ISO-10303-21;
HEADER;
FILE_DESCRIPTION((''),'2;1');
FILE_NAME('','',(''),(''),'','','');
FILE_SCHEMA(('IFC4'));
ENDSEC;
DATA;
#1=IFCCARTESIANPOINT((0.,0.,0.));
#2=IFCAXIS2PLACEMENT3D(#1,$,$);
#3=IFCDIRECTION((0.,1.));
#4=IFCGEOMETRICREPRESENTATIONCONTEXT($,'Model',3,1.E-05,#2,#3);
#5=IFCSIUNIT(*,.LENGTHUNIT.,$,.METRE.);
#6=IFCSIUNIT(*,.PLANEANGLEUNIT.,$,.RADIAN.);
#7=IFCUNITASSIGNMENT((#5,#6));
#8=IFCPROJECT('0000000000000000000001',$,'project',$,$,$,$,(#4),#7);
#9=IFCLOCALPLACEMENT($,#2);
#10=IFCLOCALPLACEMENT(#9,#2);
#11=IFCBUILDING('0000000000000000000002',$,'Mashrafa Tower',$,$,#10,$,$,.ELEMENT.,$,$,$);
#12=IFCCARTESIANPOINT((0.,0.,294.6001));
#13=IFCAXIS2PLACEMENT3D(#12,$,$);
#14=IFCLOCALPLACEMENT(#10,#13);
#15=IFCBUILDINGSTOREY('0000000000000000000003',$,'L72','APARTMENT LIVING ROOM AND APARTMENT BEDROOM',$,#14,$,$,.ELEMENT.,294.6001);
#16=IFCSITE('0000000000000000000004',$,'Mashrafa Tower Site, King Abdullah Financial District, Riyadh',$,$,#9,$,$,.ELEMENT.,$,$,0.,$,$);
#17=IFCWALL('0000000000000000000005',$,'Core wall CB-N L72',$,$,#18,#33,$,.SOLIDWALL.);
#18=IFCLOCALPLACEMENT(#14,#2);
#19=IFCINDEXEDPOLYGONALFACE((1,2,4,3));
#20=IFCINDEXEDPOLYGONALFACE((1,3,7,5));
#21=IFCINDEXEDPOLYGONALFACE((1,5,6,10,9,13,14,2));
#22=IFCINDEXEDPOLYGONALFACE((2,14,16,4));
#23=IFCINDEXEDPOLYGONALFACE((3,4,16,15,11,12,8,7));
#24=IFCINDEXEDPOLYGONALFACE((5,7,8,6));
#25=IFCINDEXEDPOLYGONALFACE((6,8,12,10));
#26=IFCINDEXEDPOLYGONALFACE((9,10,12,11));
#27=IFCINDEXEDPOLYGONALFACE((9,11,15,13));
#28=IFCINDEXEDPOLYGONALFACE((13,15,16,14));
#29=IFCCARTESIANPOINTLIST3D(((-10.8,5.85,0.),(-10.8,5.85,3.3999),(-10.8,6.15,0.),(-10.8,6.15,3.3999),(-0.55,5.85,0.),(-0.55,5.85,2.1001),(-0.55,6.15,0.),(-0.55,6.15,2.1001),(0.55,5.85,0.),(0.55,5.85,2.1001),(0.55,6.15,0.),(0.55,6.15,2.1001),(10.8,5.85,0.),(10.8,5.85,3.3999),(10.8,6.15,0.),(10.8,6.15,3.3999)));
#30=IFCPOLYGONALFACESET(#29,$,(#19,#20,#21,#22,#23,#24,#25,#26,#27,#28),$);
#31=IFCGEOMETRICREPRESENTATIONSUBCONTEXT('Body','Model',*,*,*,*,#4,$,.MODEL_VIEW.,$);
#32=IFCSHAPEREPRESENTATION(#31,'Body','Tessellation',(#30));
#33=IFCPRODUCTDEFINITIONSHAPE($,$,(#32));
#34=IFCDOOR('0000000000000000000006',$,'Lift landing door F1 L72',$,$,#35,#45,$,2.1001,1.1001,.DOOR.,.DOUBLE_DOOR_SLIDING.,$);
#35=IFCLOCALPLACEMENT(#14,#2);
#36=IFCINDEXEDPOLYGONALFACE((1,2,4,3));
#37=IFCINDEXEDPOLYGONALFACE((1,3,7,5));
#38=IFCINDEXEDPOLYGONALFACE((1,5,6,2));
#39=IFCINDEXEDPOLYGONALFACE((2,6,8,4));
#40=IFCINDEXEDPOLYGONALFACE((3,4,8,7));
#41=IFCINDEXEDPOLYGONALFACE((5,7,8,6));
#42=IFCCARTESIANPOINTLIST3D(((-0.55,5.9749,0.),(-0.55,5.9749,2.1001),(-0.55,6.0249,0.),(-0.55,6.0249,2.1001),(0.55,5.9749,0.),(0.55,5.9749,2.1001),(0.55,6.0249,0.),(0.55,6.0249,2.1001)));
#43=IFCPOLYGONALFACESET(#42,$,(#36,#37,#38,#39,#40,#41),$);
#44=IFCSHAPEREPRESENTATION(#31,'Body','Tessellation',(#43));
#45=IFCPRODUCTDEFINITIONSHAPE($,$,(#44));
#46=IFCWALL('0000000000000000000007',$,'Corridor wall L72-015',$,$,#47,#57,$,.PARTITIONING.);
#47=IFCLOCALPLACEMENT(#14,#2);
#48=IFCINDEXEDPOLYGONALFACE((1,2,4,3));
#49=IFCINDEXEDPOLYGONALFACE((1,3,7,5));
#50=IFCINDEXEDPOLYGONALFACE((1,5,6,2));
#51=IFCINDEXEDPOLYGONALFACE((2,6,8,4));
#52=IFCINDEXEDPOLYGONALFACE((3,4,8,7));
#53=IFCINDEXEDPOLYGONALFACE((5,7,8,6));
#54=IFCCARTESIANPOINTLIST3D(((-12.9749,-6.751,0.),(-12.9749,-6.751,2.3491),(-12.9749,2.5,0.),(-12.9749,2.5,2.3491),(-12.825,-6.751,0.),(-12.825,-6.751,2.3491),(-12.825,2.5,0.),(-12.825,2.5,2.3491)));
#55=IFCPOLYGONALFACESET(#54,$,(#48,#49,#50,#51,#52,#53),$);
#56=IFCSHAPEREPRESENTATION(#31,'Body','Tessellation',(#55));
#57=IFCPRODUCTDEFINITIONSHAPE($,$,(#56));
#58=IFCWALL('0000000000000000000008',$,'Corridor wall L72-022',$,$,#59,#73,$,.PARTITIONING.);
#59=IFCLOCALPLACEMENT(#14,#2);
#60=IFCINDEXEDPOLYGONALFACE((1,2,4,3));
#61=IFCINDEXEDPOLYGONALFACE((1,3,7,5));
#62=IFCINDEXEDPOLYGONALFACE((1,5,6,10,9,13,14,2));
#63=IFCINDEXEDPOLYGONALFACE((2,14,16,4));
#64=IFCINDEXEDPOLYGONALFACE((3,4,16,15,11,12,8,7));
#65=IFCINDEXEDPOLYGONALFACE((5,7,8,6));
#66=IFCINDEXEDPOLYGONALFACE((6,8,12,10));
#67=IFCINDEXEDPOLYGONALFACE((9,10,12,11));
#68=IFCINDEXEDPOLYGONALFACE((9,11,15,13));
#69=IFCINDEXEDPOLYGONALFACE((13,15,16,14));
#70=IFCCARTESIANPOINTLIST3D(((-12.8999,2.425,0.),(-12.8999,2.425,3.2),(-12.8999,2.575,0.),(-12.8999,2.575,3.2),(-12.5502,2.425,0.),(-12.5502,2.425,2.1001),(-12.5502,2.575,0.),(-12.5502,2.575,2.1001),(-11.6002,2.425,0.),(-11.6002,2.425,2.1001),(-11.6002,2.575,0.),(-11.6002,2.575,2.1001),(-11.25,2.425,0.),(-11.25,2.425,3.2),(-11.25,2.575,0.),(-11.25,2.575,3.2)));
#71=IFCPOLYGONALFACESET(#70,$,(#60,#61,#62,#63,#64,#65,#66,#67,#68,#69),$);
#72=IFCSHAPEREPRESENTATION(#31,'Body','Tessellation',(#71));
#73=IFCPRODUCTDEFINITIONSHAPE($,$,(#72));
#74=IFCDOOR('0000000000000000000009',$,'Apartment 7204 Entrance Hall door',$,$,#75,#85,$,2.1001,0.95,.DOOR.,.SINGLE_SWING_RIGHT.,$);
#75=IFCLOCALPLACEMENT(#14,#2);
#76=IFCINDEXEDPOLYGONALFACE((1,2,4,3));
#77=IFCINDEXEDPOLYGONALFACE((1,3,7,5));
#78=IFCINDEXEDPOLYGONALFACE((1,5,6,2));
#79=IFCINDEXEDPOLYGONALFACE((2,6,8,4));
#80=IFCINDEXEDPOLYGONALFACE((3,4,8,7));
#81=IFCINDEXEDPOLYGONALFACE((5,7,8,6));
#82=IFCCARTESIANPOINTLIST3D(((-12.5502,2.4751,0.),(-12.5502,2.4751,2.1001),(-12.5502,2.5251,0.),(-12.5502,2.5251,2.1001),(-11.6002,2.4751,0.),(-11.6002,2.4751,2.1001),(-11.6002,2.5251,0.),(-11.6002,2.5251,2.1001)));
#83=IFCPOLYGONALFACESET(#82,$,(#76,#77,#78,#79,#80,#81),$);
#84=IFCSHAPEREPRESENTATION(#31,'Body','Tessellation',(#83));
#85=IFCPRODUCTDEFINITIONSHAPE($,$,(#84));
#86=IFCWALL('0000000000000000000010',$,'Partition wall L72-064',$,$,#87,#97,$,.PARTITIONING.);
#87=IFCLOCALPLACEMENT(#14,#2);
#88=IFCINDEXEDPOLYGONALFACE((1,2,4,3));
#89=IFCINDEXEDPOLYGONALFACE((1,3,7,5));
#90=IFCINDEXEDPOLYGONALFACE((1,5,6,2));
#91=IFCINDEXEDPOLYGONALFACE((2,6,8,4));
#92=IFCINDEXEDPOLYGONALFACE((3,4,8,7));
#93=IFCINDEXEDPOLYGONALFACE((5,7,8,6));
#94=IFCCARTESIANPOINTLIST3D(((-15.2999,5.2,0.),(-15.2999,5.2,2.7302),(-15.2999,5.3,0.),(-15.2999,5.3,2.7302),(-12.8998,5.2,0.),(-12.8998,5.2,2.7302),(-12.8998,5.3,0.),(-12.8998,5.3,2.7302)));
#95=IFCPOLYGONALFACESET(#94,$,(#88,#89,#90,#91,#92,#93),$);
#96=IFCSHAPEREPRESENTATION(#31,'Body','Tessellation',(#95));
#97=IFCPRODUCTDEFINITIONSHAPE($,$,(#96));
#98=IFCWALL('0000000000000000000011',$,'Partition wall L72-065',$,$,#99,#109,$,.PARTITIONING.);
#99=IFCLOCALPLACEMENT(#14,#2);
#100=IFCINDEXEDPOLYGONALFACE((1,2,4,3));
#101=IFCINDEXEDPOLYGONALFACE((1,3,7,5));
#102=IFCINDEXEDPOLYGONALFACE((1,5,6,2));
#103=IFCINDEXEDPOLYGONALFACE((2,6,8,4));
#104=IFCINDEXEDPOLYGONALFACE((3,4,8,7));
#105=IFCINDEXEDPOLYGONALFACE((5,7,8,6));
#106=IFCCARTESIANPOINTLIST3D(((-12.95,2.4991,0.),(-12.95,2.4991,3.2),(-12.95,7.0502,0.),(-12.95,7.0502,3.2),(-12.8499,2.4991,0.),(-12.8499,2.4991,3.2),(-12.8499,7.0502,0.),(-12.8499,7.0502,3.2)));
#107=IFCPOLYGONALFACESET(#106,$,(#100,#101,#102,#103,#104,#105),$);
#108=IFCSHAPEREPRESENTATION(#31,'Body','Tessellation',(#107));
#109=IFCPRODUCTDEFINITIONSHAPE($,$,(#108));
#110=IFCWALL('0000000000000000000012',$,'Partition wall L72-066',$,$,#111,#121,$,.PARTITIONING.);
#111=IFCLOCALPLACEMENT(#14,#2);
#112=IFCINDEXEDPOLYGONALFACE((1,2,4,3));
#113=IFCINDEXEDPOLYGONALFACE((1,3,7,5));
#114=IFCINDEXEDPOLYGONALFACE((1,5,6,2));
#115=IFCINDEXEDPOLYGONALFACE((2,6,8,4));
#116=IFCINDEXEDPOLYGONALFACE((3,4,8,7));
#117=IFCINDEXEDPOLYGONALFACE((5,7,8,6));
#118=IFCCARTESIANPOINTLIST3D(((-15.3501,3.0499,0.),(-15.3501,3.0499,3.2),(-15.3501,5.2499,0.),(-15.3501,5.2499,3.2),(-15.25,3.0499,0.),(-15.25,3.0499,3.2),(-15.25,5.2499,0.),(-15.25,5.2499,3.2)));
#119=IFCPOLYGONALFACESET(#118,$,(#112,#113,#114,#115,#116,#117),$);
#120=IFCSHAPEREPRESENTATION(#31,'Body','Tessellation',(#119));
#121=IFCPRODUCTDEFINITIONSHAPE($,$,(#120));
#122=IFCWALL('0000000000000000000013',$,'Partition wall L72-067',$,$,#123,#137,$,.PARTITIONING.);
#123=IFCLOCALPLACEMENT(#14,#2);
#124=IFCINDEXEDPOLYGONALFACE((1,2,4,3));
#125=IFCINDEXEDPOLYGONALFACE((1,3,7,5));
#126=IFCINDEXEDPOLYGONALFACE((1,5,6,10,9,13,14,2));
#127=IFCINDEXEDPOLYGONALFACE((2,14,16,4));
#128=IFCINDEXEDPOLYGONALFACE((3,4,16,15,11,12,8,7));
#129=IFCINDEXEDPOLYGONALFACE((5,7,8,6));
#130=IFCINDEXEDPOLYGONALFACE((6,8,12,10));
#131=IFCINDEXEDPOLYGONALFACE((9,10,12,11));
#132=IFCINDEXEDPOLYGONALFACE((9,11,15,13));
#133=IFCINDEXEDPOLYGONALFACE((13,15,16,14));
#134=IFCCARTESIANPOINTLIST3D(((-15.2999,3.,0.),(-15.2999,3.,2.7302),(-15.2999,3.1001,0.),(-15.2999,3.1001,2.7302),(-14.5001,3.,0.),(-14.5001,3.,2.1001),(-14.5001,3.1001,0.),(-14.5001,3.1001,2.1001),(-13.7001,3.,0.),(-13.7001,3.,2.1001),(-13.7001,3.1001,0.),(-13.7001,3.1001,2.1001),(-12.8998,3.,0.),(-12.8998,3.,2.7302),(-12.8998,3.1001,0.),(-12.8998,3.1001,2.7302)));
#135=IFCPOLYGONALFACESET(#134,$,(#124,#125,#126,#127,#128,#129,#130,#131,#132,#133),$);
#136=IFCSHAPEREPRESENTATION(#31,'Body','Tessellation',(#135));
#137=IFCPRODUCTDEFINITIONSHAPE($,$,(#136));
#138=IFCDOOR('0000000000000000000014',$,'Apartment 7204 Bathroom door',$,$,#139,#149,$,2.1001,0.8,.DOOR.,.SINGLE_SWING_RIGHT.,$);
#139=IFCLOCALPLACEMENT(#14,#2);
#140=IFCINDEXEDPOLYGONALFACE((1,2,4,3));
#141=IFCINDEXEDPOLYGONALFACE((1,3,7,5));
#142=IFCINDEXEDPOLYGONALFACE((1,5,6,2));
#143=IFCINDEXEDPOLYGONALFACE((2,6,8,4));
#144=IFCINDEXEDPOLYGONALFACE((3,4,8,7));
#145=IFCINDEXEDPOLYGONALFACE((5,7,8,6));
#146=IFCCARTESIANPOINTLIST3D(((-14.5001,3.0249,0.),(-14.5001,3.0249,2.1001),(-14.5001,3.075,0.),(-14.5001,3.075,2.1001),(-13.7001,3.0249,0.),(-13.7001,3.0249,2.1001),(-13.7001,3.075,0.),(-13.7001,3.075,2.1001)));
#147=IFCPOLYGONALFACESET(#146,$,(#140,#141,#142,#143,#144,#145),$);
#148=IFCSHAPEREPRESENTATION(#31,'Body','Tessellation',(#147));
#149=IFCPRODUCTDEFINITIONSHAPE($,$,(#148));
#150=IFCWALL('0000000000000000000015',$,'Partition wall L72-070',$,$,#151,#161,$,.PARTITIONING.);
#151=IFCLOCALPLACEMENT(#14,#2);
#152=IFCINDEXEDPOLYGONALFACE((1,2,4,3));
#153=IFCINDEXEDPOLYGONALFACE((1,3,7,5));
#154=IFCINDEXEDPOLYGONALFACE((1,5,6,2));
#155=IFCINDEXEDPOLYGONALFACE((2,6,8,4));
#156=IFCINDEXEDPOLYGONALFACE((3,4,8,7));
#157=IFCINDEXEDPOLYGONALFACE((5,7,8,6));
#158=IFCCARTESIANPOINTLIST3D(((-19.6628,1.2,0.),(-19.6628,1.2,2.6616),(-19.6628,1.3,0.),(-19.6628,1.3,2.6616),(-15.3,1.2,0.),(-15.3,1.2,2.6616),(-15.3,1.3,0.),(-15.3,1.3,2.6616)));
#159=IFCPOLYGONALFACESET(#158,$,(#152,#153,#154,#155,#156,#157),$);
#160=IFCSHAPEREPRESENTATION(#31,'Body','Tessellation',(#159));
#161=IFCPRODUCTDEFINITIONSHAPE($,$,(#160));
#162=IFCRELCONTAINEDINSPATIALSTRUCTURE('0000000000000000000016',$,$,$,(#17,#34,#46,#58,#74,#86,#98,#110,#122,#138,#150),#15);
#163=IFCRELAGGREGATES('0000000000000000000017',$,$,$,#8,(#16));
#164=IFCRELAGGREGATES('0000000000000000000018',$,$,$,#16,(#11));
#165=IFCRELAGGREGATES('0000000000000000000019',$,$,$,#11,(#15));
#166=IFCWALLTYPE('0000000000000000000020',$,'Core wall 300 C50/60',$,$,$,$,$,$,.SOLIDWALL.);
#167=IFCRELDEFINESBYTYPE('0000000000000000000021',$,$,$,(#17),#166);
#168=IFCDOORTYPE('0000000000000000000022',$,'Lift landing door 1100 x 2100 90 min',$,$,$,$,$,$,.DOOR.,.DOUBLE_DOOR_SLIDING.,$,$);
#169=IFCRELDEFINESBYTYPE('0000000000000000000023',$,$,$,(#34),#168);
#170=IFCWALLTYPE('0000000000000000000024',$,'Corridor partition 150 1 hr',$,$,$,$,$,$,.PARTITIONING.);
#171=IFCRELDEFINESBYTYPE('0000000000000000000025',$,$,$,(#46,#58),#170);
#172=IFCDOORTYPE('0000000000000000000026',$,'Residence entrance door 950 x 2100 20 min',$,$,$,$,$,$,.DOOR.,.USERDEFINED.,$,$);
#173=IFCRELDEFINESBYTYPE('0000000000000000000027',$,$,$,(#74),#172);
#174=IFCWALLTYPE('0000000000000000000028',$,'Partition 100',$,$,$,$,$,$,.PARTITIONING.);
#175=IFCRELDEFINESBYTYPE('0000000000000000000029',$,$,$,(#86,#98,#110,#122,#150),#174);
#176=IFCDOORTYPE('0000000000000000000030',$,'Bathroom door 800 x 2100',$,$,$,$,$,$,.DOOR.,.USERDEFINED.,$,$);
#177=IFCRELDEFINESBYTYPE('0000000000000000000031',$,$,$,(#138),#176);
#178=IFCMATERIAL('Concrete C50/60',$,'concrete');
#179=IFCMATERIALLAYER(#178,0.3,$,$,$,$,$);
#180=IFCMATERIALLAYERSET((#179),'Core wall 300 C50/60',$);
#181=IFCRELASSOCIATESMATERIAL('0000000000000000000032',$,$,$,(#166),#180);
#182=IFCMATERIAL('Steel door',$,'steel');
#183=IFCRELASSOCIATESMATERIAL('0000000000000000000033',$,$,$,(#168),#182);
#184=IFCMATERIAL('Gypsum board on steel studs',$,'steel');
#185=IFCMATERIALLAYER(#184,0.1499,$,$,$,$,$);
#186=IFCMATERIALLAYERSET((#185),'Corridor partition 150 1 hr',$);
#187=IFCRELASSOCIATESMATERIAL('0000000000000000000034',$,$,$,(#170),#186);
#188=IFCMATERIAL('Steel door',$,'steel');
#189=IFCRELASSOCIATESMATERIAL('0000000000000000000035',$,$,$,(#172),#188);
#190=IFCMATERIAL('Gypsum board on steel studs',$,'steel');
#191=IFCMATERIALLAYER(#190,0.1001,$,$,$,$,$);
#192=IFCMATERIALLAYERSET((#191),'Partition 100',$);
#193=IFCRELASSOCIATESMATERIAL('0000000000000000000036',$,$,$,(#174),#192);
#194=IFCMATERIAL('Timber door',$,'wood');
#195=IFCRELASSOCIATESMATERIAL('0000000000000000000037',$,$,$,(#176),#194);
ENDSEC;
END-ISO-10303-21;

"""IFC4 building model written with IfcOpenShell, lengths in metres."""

from ifc_helpers import new_model, si_unit, direction, frame, frame_2d, origin, place, context, subcontext, project, spatial, rectangle, extrude, material, layer, layer_set, type_object, element, fill, save


model = new_model("IFC4")

# Units and contexts
model_context = context("Model", 3, precision=1e-05, world=origin(), true_north=direction((0.0, 1.0)))
body_context = subcontext(model_context, "Body", "Model", "MODEL_VIEW")
ifc_project = project(units=[si_unit("LENGTHUNIT", "METRE"), si_unit("PLANEANGLEUNIT", "RADIAN")], contexts=[model_context])

# Site, building, storey
site_placement = place(None, origin())
site = spatial("IfcSite", under=ifc_project, at=site_placement, Name="Mashrafa Tower Site, King Abdullah Financial District, Riyadh", CompositionType="ELEMENT", RefElevation=0.0)
building_placement = place(site_placement, origin())
building = spatial("IfcBuilding", under=site, at=building_placement, Name="Mashrafa Tower", CompositionType="ELEMENT")
storey_placement = place(building_placement, frame((0.0, 0.0, 294.6001)))
storey = spatial("IfcBuildingStorey", under=building, at=storey_placement, Name="L72", Description="APARTMENT LIVING ROOM AND APARTMENT BEDROOM", CompositionType="ELEMENT", Elevation=294.6001)

# Shared definitions
ifc_material_1 = material(Name="Concrete C50/60", Category="concrete")
ifc_layer_1 = layer(ifc_material_1, 0.3)
ifc_layer_set_1 = layer_set([ifc_layer_1], Name="Core wall 300 C50/60")
wall_type_1 = type_object("IfcWallType", Name="Core wall 300 C50/60", PredefinedType="SOLIDWALL", material=ifc_layer_set_1)

# Wall, opening, door
wall_1_placement = place(storey_placement, frame((-10.8, 6.0, 0.0), z_axis=(0.0, 0.0, 1.0), x_axis=(1.0, 0.0, 0.0)))
wall_1 = element("IfcWall", 1, at=wall_1_placement, inside=storey, type_object=wall_type_1, Name="Core wall CB-N L72", PredefinedType="SOLIDWALL", context=body_context, shape_type="SweptSolid", body=[
    extrude(rectangle(XDim=21.6001, YDim=0.3, at=frame_2d((10.8, 0.0))), origin(), (0.0, 0.0, 1.0), 3.3999),
])
opening_1_placement = place(wall_1_placement, frame((10.25, 0.0, 0.0)))
opening_1 = element("IfcOpeningElement", 2, at=opening_1_placement, cuts=wall_1, PredefinedType="OPENING", context=body_context, shape_type="SweptSolid", body=[
    extrude(rectangle(XDim=1.1001, YDim=2.1001, at=frame_2d((0.55, 1.05))), frame((0.0, 0.1599, 0.0), z_axis=(0.0, -1.0, 0.0), x_axis=(1.0, 0.0, 0.0)), (0.0, 0.0, 1.0), 0.3201),
])
ifc_material_2 = material(Name="Steel door", Category="steel")
door_type_1 = type_object("IfcDoorType", Name="Lift landing door 1100 x 2100 90 min", OperationType="DOUBLE_DOOR_SLIDING", PredefinedType="DOOR", material=ifc_material_2)
door_1_placement = place(opening_1_placement, origin())
door_1 = element("IfcDoor", 3, at=door_1_placement, inside=storey, type_object=door_type_1, Name="Lift landing door F1 L72", OperationType="DOUBLE_DOOR_SLIDING", OverallHeight=2.1001, OverallWidth=1.1001, PredefinedType="DOOR", context=body_context, shape_type="SweptSolid", body=[
    extrude(rectangle(XDim=1.1001, YDim=2.1001, at=frame_2d((0.55, 1.05))), frame((0.0, 0.0249, 0.0), z_axis=(0.0, -1.0, 0.0), x_axis=(1.0, 0.0, 0.0)), (0.0, 0.0, 1.0), 0.05),
])
fill(opening_1, door_1)

# Wall
ifc_material_3 = material(Name="Gypsum board on steel studs", Category="steel")
ifc_layer_2 = layer(ifc_material_3, 0.1499)
ifc_layer_set_2 = layer_set([ifc_layer_2], Name="Corridor partition 150 1 hr")
wall_type_2 = type_object("IfcWallType", Name="Corridor partition 150 1 hr", PredefinedType="PARTITIONING", material=ifc_layer_set_2)
wall_2_placement = place(storey_placement, frame((-12.8999, 2.5, 0.0), z_axis=(0.0, 0.0, 1.0), x_axis=(0.0, -1.0, 0.0)))
element("IfcWall", 4, at=wall_2_placement, inside=storey, type_object=wall_type_2, Name="Corridor wall L72-015", PredefinedType="PARTITIONING", context=body_context, shape_type="SweptSolid", body=[
    extrude(rectangle(XDim=9.251, YDim=0.1499, at=frame_2d((4.6255, 0.0))), origin(), (0.0, 0.0, 1.0), 2.3491),
])

# Wall, opening, door
wall_3_placement = place(storey_placement, frame((-11.25, 2.5, 0.0), z_axis=(0.0, 0.0, 1.0), x_axis=(-1.0, 0.0, 0.0)))
wall_3 = element("IfcWall", 5, at=wall_3_placement, inside=storey, type_object=wall_type_2, Name="Corridor wall L72-022", PredefinedType="PARTITIONING", context=body_context, shape_type="SweptSolid", body=[
    extrude(rectangle(XDim=1.6499, YDim=0.1499, at=frame_2d((0.825, 0.0))), origin(), (0.0, 0.0, 1.0), 3.2),
])
opening_2_placement = place(wall_3_placement, frame((0.3501, 0.0, 0.0)))
opening_2 = element("IfcOpeningElement", 6, at=opening_2_placement, cuts=wall_3, PredefinedType="OPENING", context=body_context, shape_type="SweptSolid", body=[
    extrude(rectangle(XDim=0.95, YDim=2.1001, at=frame_2d((0.4751, 1.05))), frame((0.0, 0.085, 0.0), z_axis=(0.0, -1.0, 0.0), x_axis=(1.0, 0.0, 0.0)), (0.0, 0.0, 1.0), 0.1699),
])
ifc_material_4 = material(Name="Steel door", Category="steel")
door_type_2 = type_object("IfcDoorType", Name="Residence entrance door 950 x 2100 20 min", OperationType="USERDEFINED", PredefinedType="DOOR", material=ifc_material_4)
door_2_placement = place(opening_2_placement, origin())
door_2 = element("IfcDoor", 7, at=door_2_placement, inside=storey, type_object=door_type_2, Name="Apartment 7204 Entrance Hall door", OperationType="SINGLE_SWING_RIGHT", OverallHeight=2.1001, OverallWidth=0.95, PredefinedType="DOOR", context=body_context, shape_type="SweptSolid", body=[
    extrude(rectangle(XDim=0.95, YDim=2.1001, at=frame_2d((0.4751, 1.05))), frame((0.0, 0.0249, 0.0), z_axis=(0.0, -1.0, 0.0), x_axis=(1.0, 0.0, 0.0)), (0.0, 0.0, 1.0), 0.05),
])
fill(opening_2, door_2)

# Walls
ifc_material_5 = material(Name="Gypsum board on steel studs", Category="steel")
ifc_layer_3 = layer(ifc_material_5, 0.1001)
ifc_layer_set_3 = layer_set([ifc_layer_3], Name="Partition 100")
wall_type_3 = type_object("IfcWallType", Name="Partition 100", PredefinedType="PARTITIONING", material=ifc_layer_set_3)
wall_4_placement = place(storey_placement, frame((-15.3, 5.25, 0.0), z_axis=(0.0, 0.0, 1.0), x_axis=(1.0, 0.0, 0.0)))
element("IfcWall", 8, at=wall_4_placement, inside=storey, type_object=wall_type_3, Name="Partition wall L72-064", PredefinedType="PARTITIONING", context=body_context, shape_type="SweptSolid", body=[
    extrude(rectangle(XDim=2.4001, YDim=0.1001, at=frame_2d((1.2002, 0.0))), origin(), (0.0, 0.0, 1.0), 2.7302),
])
wall_5_placement = place(storey_placement, frame((-12.8999, 7.05, 0.0), z_axis=(0.0, 0.0, 1.0), x_axis=(0.0, -1.0, 0.0)))
element("IfcWall", 9, at=wall_5_placement, inside=storey, type_object=wall_type_3, Name="Partition wall L72-065", PredefinedType="PARTITIONING", context=body_context, shape_type="SweptSolid", body=[
    extrude(rectangle(XDim=4.551, YDim=0.1001, at=frame_2d((2.2754, 0.0))), origin(), (0.0, 0.0, 1.0), 3.2),
])
wall_6_placement = place(storey_placement, frame((-15.3, 5.25, 0.0), z_axis=(0.0, 0.0, 1.0), x_axis=(0.0, -1.0, 0.0)))
element("IfcWall", 10, at=wall_6_placement, inside=storey, type_object=wall_type_3, Name="Partition wall L72-066", PredefinedType="PARTITIONING", context=body_context, shape_type="SweptSolid", body=[
    extrude(rectangle(XDim=2.2, YDim=0.1001, at=frame_2d((1.1001, 0.0))), origin(), (0.0, 0.0, 1.0), 3.2),
])

# Wall, opening, door
wall_7_placement = place(storey_placement, frame((-15.3, 3.05, 0.0), z_axis=(0.0, 0.0, 1.0), x_axis=(1.0, 0.0, 0.0)))
wall_7 = element("IfcWall", 11, at=wall_7_placement, inside=storey, type_object=wall_type_3, Name="Partition wall L72-067", PredefinedType="PARTITIONING", context=body_context, shape_type="SweptSolid", body=[
    extrude(rectangle(XDim=2.4001, YDim=0.1001, at=frame_2d((1.2002, 0.0))), origin(), (0.0, 0.0, 1.0), 2.7302),
])
opening_3_placement = place(wall_7_placement, frame((0.8, 0.0, 0.0)))
opening_3 = element("IfcOpeningElement", 12, at=opening_3_placement, cuts=wall_7, PredefinedType="OPENING", context=body_context, shape_type="SweptSolid", body=[
    extrude(rectangle(XDim=0.8, YDim=2.1001, at=frame_2d((0.3999, 1.05))), frame((0.0, 0.0601, 0.0), z_axis=(0.0, -1.0, 0.0), x_axis=(1.0, 0.0, 0.0)), (0.0, 0.0, 1.0), 0.1201),
])
ifc_material_6 = material(Name="Timber door", Category="wood")
door_type_3 = type_object("IfcDoorType", Name="Bathroom door 800 x 2100", OperationType="USERDEFINED", PredefinedType="DOOR", material=ifc_material_6)
door_3_placement = place(opening_3_placement, origin())
door_3 = element("IfcDoor", 13, at=door_3_placement, inside=storey, type_object=door_type_3, Name="Apartment 7204 Bathroom door", OperationType="SINGLE_SWING_RIGHT", OverallHeight=2.1001, OverallWidth=0.8, PredefinedType="DOOR", context=body_context, shape_type="SweptSolid", body=[
    extrude(rectangle(XDim=0.8, YDim=2.1001, at=frame_2d((0.3999, 1.05))), frame((0.0, 0.0249, 0.0), z_axis=(0.0, -1.0, 0.0), x_axis=(1.0, 0.0, 0.0)), (0.0, 0.0, 1.0), 0.05),
])
fill(opening_3, door_3)

# Wall
wall_8_placement = place(storey_placement, frame((-15.3, 1.25, 0.0), z_axis=(0.0, 0.0, 1.0), x_axis=(-1.0, 0.0, 0.0)))
element("IfcWall", 14, at=wall_8_placement, inside=storey, type_object=wall_type_3, Name="Partition wall L72-070", PredefinedType="PARTITIONING", context=body_context, shape_type="SweptSolid", body=[
    extrude(rectangle(XDim=4.3628, YDim=0.1001, at=frame_2d((2.1814, 0.0))), origin(), (0.0, 0.0, 1.0), 2.6616),
])

save(model, "model.ifc")
